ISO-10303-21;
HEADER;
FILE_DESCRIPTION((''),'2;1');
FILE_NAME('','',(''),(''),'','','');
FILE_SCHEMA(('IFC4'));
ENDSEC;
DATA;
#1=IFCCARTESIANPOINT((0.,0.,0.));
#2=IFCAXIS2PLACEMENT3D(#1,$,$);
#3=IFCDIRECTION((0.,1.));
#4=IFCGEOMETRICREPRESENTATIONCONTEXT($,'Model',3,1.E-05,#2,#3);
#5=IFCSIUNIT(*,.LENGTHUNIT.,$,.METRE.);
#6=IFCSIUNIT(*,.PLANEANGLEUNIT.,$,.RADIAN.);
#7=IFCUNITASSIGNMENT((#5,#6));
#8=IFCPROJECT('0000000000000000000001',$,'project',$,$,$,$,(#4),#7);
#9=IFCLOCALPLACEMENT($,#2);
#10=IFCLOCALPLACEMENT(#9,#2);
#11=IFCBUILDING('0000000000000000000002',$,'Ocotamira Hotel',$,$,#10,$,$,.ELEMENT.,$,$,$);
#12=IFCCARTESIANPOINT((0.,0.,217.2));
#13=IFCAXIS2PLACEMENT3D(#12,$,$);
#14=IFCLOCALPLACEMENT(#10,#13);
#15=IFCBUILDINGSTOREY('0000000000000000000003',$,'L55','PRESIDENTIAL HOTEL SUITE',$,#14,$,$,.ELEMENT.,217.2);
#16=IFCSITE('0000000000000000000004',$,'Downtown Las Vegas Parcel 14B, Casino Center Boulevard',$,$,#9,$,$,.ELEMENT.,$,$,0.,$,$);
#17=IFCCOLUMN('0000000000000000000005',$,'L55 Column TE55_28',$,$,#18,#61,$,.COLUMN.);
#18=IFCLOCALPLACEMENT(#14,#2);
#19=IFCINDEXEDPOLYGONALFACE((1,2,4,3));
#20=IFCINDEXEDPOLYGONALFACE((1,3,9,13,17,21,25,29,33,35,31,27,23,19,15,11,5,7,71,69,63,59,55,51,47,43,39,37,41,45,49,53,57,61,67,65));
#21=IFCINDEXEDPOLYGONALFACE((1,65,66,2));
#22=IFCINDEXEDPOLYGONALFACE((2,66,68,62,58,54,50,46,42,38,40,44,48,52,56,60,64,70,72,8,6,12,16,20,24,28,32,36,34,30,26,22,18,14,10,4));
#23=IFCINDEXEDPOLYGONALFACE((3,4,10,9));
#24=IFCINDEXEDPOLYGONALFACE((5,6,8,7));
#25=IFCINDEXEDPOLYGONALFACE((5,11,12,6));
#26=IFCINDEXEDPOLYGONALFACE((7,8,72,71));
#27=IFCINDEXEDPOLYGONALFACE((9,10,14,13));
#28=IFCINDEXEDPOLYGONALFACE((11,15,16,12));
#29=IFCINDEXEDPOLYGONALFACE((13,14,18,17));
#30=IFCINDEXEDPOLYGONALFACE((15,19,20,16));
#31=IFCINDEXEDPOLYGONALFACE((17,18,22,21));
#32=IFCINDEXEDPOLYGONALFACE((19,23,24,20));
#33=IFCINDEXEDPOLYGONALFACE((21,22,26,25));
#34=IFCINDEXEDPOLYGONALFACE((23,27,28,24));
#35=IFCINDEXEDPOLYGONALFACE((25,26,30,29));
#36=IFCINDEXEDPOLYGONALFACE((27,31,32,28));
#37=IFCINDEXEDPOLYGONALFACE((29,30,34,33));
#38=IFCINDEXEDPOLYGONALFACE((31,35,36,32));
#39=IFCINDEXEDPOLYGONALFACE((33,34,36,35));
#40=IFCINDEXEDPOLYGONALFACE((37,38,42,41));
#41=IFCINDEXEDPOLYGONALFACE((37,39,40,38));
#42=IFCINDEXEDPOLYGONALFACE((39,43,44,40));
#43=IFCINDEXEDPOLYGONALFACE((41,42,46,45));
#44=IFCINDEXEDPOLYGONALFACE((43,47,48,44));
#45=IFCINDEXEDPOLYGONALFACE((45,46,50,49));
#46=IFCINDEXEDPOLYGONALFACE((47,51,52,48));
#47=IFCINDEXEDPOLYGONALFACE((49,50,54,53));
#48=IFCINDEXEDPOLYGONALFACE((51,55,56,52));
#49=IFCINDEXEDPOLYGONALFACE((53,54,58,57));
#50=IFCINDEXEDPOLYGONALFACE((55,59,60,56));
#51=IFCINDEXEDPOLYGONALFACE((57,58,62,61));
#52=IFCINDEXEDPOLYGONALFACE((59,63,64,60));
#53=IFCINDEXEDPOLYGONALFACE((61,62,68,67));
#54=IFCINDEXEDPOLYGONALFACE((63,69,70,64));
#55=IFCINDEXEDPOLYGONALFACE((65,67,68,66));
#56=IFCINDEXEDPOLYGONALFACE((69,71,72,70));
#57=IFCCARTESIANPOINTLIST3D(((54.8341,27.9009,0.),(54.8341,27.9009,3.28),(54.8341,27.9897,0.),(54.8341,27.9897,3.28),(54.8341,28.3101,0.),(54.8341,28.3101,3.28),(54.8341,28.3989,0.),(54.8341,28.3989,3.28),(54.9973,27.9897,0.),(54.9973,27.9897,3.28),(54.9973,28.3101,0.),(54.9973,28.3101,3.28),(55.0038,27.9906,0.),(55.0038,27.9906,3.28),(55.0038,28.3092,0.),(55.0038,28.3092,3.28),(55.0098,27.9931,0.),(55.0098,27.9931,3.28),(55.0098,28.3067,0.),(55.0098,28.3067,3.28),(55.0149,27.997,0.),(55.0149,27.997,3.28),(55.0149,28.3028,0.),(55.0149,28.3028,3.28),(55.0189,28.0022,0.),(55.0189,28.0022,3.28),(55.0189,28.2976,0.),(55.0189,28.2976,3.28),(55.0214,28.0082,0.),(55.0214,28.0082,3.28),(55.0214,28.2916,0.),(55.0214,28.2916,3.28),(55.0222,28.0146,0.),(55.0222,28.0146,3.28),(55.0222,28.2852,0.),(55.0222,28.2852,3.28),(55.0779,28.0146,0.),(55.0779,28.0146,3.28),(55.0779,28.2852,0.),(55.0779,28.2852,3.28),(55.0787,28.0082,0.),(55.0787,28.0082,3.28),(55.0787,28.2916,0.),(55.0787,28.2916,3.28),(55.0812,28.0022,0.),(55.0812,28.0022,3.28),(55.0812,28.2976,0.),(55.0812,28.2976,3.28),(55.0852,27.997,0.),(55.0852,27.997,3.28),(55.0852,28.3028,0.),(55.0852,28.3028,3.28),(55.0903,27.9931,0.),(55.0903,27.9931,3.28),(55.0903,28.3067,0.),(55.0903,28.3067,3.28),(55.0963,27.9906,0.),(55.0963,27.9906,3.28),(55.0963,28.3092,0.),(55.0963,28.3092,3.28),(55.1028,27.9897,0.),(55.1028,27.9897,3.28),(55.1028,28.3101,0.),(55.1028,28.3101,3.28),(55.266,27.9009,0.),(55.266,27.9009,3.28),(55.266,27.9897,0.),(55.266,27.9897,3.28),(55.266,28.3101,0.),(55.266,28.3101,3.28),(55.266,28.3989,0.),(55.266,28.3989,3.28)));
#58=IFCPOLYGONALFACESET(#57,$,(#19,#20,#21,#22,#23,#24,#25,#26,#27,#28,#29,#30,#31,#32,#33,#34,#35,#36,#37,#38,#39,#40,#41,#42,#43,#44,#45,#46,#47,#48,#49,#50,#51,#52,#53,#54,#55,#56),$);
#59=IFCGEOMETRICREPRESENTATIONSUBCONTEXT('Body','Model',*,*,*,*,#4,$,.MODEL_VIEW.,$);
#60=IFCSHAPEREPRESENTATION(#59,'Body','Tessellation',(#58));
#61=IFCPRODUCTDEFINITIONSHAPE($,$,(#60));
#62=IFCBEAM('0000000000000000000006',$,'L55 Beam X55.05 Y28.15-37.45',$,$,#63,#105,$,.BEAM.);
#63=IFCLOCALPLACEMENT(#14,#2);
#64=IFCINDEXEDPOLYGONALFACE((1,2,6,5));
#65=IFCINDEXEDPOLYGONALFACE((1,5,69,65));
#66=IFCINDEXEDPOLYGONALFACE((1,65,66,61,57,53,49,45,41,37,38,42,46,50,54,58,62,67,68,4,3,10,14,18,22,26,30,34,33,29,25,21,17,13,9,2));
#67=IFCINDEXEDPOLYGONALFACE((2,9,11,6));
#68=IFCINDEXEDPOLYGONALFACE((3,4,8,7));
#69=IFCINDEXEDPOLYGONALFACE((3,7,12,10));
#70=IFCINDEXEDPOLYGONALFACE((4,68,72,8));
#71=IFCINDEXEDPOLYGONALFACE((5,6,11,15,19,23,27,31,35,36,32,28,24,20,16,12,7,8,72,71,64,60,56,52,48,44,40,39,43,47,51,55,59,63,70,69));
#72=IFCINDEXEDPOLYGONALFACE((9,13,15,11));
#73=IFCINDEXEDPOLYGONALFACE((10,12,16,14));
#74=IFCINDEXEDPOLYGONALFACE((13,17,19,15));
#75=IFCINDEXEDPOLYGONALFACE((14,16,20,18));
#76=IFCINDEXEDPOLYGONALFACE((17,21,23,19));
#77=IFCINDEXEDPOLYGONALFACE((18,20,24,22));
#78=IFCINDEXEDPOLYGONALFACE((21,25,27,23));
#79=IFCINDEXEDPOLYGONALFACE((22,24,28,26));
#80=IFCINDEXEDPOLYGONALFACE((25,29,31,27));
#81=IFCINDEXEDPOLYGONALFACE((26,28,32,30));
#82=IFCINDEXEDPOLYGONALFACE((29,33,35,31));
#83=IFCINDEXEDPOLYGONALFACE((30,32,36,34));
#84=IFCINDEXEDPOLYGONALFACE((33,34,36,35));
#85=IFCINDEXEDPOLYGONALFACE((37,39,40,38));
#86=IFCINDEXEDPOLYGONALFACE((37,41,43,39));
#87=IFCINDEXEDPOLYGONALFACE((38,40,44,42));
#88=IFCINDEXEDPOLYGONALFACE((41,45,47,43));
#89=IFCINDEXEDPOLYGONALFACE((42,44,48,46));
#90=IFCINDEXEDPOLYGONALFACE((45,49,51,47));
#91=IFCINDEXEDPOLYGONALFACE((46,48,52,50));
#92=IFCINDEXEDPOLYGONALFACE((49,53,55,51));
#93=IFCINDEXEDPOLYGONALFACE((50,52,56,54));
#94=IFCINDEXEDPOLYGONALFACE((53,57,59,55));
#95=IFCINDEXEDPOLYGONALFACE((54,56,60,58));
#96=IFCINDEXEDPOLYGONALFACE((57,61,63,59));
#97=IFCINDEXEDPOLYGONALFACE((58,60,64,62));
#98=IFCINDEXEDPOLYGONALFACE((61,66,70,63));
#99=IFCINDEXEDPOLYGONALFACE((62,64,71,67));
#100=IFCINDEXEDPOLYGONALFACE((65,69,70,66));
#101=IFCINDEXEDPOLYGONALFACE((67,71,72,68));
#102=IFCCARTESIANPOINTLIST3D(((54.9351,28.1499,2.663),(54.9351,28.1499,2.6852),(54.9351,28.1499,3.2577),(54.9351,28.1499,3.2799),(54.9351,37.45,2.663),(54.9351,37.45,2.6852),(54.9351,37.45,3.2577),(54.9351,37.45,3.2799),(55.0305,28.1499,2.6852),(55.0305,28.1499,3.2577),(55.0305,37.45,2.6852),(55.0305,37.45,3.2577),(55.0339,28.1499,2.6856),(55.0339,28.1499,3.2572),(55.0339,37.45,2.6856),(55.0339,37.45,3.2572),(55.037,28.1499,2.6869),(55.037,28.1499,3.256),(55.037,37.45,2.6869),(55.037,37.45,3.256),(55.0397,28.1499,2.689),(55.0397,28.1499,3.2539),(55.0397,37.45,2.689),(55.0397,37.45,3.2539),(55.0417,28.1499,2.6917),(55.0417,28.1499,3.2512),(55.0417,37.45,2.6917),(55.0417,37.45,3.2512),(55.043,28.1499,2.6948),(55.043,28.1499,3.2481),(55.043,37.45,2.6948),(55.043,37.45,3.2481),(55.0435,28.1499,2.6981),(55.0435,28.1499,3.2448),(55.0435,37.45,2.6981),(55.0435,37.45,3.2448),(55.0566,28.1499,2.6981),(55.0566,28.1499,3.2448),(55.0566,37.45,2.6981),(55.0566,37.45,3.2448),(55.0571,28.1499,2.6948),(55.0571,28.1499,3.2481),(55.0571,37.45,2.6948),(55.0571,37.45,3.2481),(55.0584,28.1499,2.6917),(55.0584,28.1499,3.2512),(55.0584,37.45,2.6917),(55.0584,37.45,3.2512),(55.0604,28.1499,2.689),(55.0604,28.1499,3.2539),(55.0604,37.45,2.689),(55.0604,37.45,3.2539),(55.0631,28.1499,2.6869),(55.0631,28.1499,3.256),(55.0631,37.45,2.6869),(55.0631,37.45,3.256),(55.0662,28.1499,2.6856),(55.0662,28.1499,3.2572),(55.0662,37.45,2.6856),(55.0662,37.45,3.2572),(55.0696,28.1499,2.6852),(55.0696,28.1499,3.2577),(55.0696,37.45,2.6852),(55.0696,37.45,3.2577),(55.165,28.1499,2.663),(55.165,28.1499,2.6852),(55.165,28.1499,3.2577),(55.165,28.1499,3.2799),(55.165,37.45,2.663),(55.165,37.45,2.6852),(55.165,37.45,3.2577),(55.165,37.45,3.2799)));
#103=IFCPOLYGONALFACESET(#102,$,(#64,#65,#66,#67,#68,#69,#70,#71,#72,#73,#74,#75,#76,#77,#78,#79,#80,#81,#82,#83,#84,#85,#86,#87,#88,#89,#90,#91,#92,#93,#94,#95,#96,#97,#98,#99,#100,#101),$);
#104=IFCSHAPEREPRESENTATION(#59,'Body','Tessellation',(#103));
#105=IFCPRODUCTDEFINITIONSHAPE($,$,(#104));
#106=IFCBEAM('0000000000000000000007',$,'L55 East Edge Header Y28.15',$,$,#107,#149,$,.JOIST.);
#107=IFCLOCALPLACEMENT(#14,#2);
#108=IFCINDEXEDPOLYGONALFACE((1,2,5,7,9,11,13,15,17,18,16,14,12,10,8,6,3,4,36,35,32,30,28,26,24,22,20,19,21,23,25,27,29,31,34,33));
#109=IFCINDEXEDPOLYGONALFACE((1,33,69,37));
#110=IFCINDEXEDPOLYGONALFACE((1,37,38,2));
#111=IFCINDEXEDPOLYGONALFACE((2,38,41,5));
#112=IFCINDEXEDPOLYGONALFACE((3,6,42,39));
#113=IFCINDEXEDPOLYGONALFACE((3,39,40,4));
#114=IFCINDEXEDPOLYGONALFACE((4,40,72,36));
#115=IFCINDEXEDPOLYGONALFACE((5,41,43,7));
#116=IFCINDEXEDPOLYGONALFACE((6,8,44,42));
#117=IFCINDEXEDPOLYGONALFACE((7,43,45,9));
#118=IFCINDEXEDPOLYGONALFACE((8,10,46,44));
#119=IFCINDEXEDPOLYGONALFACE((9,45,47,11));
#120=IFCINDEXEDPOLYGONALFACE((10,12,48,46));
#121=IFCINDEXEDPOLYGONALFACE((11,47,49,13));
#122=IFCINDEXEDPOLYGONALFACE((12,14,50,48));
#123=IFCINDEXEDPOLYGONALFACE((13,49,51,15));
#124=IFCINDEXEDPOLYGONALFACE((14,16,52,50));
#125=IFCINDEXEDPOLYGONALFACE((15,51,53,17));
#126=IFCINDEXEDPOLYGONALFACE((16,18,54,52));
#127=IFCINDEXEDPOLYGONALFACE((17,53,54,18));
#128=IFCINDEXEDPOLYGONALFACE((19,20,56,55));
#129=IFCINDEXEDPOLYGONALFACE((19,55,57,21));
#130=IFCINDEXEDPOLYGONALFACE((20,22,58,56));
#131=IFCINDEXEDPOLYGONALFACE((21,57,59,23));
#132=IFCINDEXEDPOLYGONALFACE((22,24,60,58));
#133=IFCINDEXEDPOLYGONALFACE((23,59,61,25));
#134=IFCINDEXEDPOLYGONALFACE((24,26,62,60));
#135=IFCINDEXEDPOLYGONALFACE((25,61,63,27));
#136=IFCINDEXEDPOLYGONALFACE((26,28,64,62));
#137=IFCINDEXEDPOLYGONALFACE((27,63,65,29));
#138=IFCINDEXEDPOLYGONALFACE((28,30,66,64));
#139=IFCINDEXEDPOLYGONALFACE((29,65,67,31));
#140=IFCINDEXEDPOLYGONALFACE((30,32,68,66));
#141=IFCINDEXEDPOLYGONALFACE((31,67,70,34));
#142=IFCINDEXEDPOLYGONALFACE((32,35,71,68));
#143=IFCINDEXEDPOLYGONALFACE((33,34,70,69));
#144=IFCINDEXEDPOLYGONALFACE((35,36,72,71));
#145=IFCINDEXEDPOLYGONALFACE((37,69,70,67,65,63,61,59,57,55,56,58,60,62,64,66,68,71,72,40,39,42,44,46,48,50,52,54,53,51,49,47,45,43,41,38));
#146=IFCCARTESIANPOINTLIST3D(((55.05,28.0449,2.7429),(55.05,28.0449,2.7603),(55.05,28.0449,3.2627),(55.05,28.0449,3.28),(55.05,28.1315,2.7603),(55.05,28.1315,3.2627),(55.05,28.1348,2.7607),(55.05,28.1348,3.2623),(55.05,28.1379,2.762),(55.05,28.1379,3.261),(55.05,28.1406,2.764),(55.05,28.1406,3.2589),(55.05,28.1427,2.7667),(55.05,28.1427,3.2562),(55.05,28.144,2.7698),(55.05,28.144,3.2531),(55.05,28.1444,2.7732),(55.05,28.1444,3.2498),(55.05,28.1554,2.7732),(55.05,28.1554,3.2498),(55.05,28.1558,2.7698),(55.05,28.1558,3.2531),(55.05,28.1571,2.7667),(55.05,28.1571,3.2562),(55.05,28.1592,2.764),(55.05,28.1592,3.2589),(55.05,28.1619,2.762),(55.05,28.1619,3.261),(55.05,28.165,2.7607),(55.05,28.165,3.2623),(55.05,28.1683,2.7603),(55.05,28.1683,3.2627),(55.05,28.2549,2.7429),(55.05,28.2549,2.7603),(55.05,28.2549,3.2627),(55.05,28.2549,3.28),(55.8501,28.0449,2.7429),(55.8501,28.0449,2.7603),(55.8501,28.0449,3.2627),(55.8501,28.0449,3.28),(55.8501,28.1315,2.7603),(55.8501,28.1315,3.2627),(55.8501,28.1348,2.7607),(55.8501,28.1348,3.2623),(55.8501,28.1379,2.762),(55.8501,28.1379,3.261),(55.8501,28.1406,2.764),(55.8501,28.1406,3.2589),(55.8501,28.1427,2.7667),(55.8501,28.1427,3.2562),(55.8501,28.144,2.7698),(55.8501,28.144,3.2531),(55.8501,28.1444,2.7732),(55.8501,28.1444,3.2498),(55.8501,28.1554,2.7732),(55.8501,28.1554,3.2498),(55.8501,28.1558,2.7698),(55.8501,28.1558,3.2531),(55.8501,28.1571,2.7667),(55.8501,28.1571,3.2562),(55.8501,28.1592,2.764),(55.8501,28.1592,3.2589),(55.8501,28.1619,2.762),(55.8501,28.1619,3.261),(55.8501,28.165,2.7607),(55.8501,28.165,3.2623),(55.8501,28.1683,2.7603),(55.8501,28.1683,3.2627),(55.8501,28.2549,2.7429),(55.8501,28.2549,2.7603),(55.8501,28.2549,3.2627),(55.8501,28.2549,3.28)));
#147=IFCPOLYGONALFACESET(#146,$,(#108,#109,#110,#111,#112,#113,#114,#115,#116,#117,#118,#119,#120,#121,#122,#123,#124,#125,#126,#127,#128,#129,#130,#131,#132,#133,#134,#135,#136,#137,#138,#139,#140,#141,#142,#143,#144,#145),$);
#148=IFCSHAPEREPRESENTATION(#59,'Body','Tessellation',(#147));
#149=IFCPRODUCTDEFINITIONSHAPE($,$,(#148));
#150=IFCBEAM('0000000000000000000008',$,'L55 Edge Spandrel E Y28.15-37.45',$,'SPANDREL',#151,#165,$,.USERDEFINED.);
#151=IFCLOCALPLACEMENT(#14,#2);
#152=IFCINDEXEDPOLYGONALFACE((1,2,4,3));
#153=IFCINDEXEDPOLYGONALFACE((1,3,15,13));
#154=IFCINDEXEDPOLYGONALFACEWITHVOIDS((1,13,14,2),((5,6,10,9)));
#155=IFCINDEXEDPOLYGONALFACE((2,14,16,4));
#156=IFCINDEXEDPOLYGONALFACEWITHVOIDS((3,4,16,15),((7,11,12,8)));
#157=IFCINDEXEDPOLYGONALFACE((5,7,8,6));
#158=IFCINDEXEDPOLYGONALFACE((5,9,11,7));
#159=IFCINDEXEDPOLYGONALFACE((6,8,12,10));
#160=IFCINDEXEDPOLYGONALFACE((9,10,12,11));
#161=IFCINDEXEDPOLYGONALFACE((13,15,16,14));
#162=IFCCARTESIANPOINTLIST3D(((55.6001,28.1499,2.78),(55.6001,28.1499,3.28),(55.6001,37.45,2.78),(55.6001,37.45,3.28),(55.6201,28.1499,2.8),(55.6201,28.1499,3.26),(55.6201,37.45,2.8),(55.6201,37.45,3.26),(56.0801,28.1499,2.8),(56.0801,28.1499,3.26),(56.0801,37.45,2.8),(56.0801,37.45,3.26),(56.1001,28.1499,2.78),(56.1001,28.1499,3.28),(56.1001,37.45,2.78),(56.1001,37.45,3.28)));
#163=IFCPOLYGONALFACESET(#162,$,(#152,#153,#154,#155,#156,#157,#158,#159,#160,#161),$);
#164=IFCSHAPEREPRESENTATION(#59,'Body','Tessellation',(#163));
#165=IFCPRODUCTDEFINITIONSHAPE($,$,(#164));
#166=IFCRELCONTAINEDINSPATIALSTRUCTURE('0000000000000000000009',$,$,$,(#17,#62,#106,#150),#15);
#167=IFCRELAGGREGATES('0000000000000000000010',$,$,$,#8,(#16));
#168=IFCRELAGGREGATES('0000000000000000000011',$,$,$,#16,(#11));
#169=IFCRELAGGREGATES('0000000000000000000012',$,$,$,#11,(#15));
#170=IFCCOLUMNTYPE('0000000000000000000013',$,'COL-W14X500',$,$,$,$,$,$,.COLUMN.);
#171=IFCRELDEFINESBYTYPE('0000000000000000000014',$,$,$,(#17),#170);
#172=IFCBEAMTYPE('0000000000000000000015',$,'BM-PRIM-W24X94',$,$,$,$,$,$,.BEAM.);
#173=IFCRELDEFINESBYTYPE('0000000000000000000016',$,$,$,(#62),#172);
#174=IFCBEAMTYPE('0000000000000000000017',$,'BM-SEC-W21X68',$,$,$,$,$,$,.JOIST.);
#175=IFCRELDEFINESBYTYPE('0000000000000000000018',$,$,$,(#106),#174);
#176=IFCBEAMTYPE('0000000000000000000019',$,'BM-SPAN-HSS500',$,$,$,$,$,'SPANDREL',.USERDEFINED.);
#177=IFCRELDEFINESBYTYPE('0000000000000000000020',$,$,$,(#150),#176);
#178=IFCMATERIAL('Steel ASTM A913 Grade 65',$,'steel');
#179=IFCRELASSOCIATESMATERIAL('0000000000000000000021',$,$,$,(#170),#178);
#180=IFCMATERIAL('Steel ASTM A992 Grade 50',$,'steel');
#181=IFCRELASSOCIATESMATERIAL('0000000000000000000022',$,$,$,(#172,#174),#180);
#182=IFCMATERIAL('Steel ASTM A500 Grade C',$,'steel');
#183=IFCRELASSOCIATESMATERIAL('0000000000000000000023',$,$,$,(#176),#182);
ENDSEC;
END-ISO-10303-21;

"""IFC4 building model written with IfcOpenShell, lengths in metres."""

from ifc_helpers import new_model, si_unit, direction, frame, origin, origin_2d, place, context, subcontext, project, spatial, hollow_rectangle, i_section, extrude, source, transform, mapped, material, material_profile, profile_set, type_object, element, save


model = new_model("IFC4")

# Units and contexts
model_context = context("Model", 3, precision=1e-05, world=origin(), true_north=direction((0.0, 1.0)))
body_context = subcontext(model_context, "Body", "Model", "MODEL_VIEW")
ifc_project = project(units=[si_unit("LENGTHUNIT", "METRE"), si_unit("PLANEANGLEUNIT", "RADIAN")], contexts=[model_context])

# Site, building, storey
site_placement = place(None, origin())
site = spatial("IfcSite", under=ifc_project, at=site_placement, Name="Downtown Las Vegas Parcel 14B, Casino Center Boulevard", CompositionType="ELEMENT", RefElevation=0.0)
building_placement = place(site_placement, origin())
building = spatial("IfcBuilding", under=site, at=building_placement, Name="Ocotamira Hotel", CompositionType="ELEMENT")
storey_placement = place(building_placement, frame((0.0, 0.0, 217.2)))
storey = spatial("IfcBuildingStorey", under=building, at=storey_placement, Name="L55", Description="PRESIDENTIAL HOTEL SUITE", CompositionType="ELEMENT", Elevation=217.2)

# Column
ifc_material_1 = material(Name="Steel ASTM A913 Grade 65", Category="steel")
ifc_material_profile_1 = material_profile(ifc_material_1, i_section(OverallWidth=0.4319, OverallDepth=0.498, WebThickness=0.0557, FlangeThickness=0.0889, FilletRadius=0.0249, at=origin_2d()), Name="W14X500")
ifc_profile_set_1 = profile_set([ifc_material_profile_1], Name="Steel ASTM A913 Grade 65")
column_type = type_object("IfcColumnType", Name="COL-W14X500", PredefinedType="COLUMN", material=ifc_profile_set_1)
shared_shape_1 = source(origin(), body_context, "Body", "SweptSolid", [
    extrude(i_section(OverallWidth=0.4319, OverallDepth=0.498, WebThickness=0.0557, FlangeThickness=0.0889, FilletRadius=0.0249, at=origin_2d()), origin(), (0.0, 0.0, 1.0), 3.28),
])
column_placement = place(storey_placement, frame((55.05, 28.1499, 0.0), z_axis=(0.0, 0.0, 1.0), x_axis=(1.0, 0.0, 0.0)))
element("IfcColumn", 1, at=column_placement, inside=storey, type_object=column_type, Name="L55 Column TE55_28", PredefinedType="COLUMN", context=body_context, shape_type="MappedRepresentation", body=[
    mapped(shared_shape_1, transform((0.0, 0.0, 0.0), scale=1.0)),
])

# Beams
ifc_material_2 = material(Name="Steel ASTM A992 Grade 50", Category="steel")
ifc_material_profile_2 = material_profile(ifc_material_2, i_section(OverallWidth=0.23, OverallDepth=0.6169, WebThickness=0.0132, FlangeThickness=0.0222, FilletRadius=0.0129, at=origin_2d()), Name="W24X94")
ifc_profile_set_2 = profile_set([ifc_material_profile_2], Name="Steel ASTM A992 Grade 50")
beam_type_1 = type_object("IfcBeamType", Name="BM-PRIM-W24X94", PredefinedType="BEAM", material=ifc_profile_set_2)
shared_shape_2 = source(origin(), body_context, "Body", "SweptSolid", [
    extrude(i_section(OverallWidth=0.23, OverallDepth=0.6169, WebThickness=0.0132, FlangeThickness=0.0222, FilletRadius=0.0129, at=origin_2d()), origin(), (0.0, 0.0, 1.0), 9.3),
])
beam_1_placement = place(storey_placement, frame((55.05, 28.1499, 2.9714), z_axis=(0.0, 1.0, 0.0), x_axis=(-1.0, 0.0, 0.0)))
element("IfcBeam", 2, at=beam_1_placement, inside=storey, type_object=beam_type_1, Name="L55 Beam X55.05 Y28.15-37.45", PredefinedType="BEAM", context=body_context, shape_type="MappedRepresentation", body=[
    mapped(shared_shape_2, transform((0.0, 0.0, 0.0), scale=1.0)),
])
ifc_material_profile_3 = material_profile(ifc_material_2, i_section(OverallWidth=0.21, OverallDepth=0.5371, WebThickness=0.011, FlangeThickness=0.0173, FilletRadius=0.0129, at=origin_2d()), Name="W21X68")
ifc_profile_set_3 = profile_set([ifc_material_profile_3], Name="Steel ASTM A992 Grade 50")
beam_type_2 = type_object("IfcBeamType", Name="BM-SEC-W21X68", PredefinedType="JOIST", material=ifc_profile_set_3)
shared_shape_3 = source(origin(), body_context, "Body", "SweptSolid", [
    extrude(i_section(OverallWidth=0.21, OverallDepth=0.5371, WebThickness=0.011, FlangeThickness=0.0173, FilletRadius=0.0129, at=origin_2d()), origin(), (0.0, 0.0, 1.0), 0.8),
])
beam_2_placement = place(storey_placement, frame((55.05, 28.1499, 3.0115), z_axis=(1.0, 0.0, 0.0), x_axis=(0.0, 1.0, 0.0)))
element("IfcBeam", 3, at=beam_2_placement, inside=storey, type_object=beam_type_2, Name="L55 East Edge Header Y28.15", PredefinedType="JOIST", context=body_context, shape_type="MappedRepresentation", body=[
    mapped(shared_shape_3, transform((0.0, 0.0, 0.0), scale=1.0)),
])
ifc_material_3 = material(Name="Steel ASTM A500 Grade C", Category="steel")
ifc_material_profile_4 = material_profile(ifc_material_3, hollow_rectangle(XDim=0.5, YDim=0.5, WallThickness=0.02, at=origin_2d()), Name="HSS500X500X20")
ifc_profile_set_4 = profile_set([ifc_material_profile_4], Name="Steel ASTM A500 Grade C")
beam_type_3 = type_object("IfcBeamType", Name="BM-SPAN-HSS500", ElementType="SPANDREL", PredefinedType="USERDEFINED", material=ifc_profile_set_4)
shared_shape_4 = source(origin(), body_context, "Body", "SweptSolid", [
    extrude(hollow_rectangle(XDim=0.5, YDim=0.5, WallThickness=0.02, at=origin_2d()), origin(), (0.0, 0.0, 1.0), 9.3),
])
beam_3_placement = place(storey_placement, frame((55.8501, 28.1499, 3.03), z_axis=(0.0, 1.0, 0.0), x_axis=(-1.0, 0.0, 0.0)))
element("IfcBeam", 4, at=beam_3_placement, inside=storey, type_object=beam_type_3, Name="L55 Edge Spandrel E Y28.15-37.45", ObjectType="SPANDREL", PredefinedType="USERDEFINED", context=body_context, shape_type="MappedRepresentation", body=[
    mapped(shared_shape_4, transform((0.0, 0.0, 0.0), scale=1.0)),
])

save(model, "model.ifc")
